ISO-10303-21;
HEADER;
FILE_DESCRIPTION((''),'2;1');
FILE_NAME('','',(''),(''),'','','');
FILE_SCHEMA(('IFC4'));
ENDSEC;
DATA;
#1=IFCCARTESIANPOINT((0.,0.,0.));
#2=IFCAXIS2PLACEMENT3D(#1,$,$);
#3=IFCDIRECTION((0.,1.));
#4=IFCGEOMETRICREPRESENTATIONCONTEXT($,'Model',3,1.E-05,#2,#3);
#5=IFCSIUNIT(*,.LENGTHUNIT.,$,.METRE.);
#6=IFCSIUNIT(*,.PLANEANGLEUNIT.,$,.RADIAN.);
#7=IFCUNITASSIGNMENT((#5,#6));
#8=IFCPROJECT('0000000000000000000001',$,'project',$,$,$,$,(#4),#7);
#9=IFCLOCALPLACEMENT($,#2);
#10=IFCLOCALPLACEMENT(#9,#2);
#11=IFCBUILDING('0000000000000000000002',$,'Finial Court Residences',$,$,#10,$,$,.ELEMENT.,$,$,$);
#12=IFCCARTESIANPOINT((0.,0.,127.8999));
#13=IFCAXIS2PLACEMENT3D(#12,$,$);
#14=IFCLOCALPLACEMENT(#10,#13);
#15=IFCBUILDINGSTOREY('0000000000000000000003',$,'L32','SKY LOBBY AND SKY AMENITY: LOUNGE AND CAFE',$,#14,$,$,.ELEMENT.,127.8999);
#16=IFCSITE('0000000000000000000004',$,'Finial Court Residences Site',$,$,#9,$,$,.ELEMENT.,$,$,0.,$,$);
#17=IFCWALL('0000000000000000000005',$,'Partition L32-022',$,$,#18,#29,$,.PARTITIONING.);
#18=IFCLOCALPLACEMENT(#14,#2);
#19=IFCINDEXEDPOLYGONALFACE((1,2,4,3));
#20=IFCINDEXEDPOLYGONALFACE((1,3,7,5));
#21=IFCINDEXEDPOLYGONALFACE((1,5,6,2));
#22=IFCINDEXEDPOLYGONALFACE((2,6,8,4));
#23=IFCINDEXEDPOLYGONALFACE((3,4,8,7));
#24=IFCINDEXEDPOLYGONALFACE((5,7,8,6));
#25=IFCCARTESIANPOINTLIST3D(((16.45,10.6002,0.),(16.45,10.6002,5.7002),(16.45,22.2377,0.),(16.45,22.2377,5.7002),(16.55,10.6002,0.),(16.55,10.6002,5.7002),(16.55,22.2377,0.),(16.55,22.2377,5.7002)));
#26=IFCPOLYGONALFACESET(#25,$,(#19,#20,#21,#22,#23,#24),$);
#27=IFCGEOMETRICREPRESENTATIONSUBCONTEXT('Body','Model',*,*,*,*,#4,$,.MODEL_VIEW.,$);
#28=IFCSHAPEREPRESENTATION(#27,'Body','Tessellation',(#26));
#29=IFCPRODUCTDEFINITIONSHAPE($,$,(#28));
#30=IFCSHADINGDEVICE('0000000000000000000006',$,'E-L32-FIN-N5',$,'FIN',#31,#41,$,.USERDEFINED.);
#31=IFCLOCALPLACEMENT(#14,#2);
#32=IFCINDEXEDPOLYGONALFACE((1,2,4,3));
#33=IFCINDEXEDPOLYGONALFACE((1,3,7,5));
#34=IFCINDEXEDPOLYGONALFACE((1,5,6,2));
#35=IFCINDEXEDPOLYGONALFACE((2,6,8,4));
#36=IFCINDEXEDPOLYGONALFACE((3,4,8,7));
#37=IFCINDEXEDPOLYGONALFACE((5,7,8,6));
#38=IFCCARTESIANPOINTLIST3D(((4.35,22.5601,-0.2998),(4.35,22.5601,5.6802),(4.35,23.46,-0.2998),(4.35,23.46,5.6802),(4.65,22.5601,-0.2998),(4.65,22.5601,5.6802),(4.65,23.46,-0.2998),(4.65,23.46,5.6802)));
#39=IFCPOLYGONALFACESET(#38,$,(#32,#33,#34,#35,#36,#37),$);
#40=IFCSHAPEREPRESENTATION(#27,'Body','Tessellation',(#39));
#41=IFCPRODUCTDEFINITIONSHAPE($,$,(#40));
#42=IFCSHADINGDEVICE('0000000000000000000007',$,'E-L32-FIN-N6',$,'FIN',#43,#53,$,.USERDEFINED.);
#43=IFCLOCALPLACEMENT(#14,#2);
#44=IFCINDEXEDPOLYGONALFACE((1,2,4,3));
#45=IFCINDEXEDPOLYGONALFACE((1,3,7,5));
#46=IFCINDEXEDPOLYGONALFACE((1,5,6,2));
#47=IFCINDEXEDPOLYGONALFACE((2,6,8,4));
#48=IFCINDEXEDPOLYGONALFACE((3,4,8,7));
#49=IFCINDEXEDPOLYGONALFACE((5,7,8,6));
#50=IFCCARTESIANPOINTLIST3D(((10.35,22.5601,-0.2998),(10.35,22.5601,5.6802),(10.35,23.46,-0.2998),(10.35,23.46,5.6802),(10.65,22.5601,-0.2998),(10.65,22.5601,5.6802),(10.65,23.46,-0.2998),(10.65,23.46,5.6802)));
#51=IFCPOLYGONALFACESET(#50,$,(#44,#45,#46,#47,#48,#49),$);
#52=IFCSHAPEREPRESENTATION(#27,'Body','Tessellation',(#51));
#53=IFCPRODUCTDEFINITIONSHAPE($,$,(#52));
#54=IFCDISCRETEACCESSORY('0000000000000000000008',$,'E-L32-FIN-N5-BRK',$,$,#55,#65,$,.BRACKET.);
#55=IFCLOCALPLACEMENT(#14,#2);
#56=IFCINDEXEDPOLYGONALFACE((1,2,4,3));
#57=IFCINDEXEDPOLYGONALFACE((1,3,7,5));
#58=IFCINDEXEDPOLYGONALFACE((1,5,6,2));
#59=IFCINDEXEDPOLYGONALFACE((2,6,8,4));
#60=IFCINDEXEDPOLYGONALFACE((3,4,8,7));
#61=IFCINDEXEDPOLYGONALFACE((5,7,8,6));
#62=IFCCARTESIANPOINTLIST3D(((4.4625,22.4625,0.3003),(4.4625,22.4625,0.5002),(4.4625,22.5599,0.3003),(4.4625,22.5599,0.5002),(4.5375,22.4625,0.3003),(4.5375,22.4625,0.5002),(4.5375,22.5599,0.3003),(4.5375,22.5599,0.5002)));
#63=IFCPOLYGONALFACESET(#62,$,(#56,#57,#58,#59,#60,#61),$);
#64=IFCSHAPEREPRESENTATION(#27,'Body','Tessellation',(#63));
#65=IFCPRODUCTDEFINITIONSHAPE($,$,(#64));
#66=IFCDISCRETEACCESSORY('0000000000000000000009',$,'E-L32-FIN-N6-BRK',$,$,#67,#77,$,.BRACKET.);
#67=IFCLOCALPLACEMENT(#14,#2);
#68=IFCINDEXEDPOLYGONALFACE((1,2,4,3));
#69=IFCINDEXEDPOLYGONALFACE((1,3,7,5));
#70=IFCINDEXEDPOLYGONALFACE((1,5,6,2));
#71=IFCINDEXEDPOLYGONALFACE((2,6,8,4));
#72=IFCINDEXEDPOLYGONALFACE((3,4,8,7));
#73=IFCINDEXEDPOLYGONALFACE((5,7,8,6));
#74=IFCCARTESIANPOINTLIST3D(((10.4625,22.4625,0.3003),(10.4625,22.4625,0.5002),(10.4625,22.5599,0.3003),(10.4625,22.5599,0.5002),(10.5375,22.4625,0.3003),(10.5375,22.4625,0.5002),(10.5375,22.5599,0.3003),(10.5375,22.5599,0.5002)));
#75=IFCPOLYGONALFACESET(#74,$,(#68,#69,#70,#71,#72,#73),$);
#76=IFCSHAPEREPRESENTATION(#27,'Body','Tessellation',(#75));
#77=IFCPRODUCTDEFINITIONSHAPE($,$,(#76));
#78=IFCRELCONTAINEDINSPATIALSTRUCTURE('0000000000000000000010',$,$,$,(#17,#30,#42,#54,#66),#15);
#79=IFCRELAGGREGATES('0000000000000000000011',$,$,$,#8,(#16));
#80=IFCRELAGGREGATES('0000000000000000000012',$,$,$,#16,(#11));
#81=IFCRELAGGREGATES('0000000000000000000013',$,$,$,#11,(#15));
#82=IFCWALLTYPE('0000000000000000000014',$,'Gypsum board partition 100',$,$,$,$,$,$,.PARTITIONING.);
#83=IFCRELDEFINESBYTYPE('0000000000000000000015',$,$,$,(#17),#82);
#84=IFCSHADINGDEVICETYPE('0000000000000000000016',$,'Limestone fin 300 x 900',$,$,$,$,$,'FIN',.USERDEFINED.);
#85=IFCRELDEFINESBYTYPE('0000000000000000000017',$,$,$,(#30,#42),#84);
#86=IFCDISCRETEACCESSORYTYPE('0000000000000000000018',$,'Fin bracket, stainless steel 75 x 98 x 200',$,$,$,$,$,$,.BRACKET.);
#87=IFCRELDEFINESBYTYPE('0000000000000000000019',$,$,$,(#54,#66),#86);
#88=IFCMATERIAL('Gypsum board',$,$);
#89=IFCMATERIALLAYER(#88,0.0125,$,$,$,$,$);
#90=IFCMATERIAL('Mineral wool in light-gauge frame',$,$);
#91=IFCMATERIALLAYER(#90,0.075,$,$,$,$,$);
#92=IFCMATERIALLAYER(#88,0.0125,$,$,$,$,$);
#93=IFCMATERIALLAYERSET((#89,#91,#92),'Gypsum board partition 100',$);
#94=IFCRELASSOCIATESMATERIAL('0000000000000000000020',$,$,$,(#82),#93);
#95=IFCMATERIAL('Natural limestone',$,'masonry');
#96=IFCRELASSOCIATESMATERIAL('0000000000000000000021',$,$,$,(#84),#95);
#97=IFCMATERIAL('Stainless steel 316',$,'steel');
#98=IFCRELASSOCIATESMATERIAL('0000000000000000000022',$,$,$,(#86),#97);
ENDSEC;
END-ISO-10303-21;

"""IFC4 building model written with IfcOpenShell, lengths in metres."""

from ifc_helpers import new_model, si_unit, direction, frame, frame_2d, origin, origin_2d, place, context, subcontext, project, spatial, rectangle, extrude, material, layer, layer_set, type_object, element, save


model = new_model("IFC4")

# Units and contexts
model_context = context("Model", 3, precision=1e-05, world=origin(), true_north=direction((0.0, 1.0)))
body_context = subcontext(model_context, "Body", "Model", "MODEL_VIEW")
ifc_project = project(units=[si_unit("LENGTHUNIT", "METRE"), si_unit("PLANEANGLEUNIT", "RADIAN")], contexts=[model_context])

# Site, building, storey
site_placement = place(None, origin())
site = spatial("IfcSite", under=ifc_project, at=site_placement, Name="Finial Court Residences Site", CompositionType="ELEMENT", RefElevation=0.0)
building_placement = place(site_placement, origin())
building = spatial("IfcBuilding", under=site, at=building_placement, Name="Finial Court Residences", CompositionType="ELEMENT")
storey_placement = place(building_placement, frame((0.0, 0.0, 127.8999)))
storey = spatial("IfcBuildingStorey", under=building, at=storey_placement, Name="L32", Description="SKY LOBBY AND SKY AMENITY: LOUNGE AND CAFE", CompositionType="ELEMENT", Elevation=127.8999)

# Wall
ifc_material_1 = material(Name="Gypsum board")
ifc_layer_1 = layer(ifc_material_1, 0.0125)
ifc_material_2 = material(Name="Mineral wool in light-gauge frame")
ifc_layer_2 = layer(ifc_material_2, 0.075)
ifc_layer_3 = layer(ifc_material_1, 0.0125)
ifc_layer_set_1 = layer_set([ifc_layer_1, ifc_layer_2, ifc_layer_3], Name="Gypsum board partition 100")
wall_type = type_object("IfcWallType", Name="Gypsum board partition 100", PredefinedType="PARTITIONING", material=ifc_layer_set_1)
wall_placement = place(storey_placement, frame((16.5, 10.6001, 0.0), z_axis=(0.0, 0.0, 1.0), x_axis=(0.0, 1.0, 0.0)))
element("IfcWall", 1, at=wall_placement, inside=storey, type_object=wall_type, Name="Partition L32-022", PredefinedType="PARTITIONING", context=body_context, shape_type="SweptSolid", body=[
    extrude(rectangle(XDim=11.6375, YDim=0.1001, at=frame_2d((5.8188, 0.0))), origin(), (0.0, 0.0, 1.0), 5.7002),
])

# Shading devices
ifc_material_3 = material(Name="Natural limestone", Category="masonry")
shading_device_type = type_object("IfcShadingDeviceType", Name="Limestone fin 300 x 900", ElementType="FIN", PredefinedType="USERDEFINED", material=ifc_material_3)
for number, where, z_axis, x_axis, name in (
    (2, (4.5, 23.01, -0.2998), (0.0, 0.0, 1.0), (1.0, 0.0, 0.0), "E-L32-FIN-N5"),
    (3, (10.5, 23.01, -0.2998), (0.0, 0.0, 1.0), (1.0, 0.0, 0.0), "E-L32-FIN-N6"),
):
    element("IfcShadingDevice", number, at=place(storey_placement, frame(where, z_axis=z_axis, x_axis=x_axis)), inside=storey, type_object=shading_device_type, Name=name, ObjectType="FIN", PredefinedType="USERDEFINED", context=body_context, shape_type="SweptSolid", body=[
        extrude(rectangle(XDim=0.3, YDim=0.8999, at=origin_2d()), origin(), (0.0, 0.0, 1.0), 5.98),
    ])

# Discrete accessories
ifc_material_4 = material(Name="Stainless steel 316", Category="steel")
discrete_accessory_type = type_object("IfcDiscreteAccessoryType", Name="Fin bracket, stainless steel 75 x 98 x 200", PredefinedType="BRACKET", material=ifc_material_4)
for number, where, z_axis, x_axis, name in (
    (4, (4.5, 22.5112, 0.3003), (0.0, 0.0, 1.0), (1.0, 0.0, 0.0), "E-L32-FIN-N5-BRK"),
    (5, (10.5, 22.5112, 0.3003), (0.0, 0.0, 1.0), (1.0, 0.0, 0.0), "E-L32-FIN-N6-BRK"),
):
    element("IfcDiscreteAccessory", number, at=place(storey_placement, frame(where, z_axis=z_axis, x_axis=x_axis)), inside=storey, type_object=discrete_accessory_type, Name=name, PredefinedType="BRACKET", context=body_context, shape_type="SweptSolid", body=[
        extrude(rectangle(XDim=0.075, YDim=0.0974, at=origin_2d()), origin(), (0.0, 0.0, 1.0), 0.2),
    ])

save(model, "model.ifc")
